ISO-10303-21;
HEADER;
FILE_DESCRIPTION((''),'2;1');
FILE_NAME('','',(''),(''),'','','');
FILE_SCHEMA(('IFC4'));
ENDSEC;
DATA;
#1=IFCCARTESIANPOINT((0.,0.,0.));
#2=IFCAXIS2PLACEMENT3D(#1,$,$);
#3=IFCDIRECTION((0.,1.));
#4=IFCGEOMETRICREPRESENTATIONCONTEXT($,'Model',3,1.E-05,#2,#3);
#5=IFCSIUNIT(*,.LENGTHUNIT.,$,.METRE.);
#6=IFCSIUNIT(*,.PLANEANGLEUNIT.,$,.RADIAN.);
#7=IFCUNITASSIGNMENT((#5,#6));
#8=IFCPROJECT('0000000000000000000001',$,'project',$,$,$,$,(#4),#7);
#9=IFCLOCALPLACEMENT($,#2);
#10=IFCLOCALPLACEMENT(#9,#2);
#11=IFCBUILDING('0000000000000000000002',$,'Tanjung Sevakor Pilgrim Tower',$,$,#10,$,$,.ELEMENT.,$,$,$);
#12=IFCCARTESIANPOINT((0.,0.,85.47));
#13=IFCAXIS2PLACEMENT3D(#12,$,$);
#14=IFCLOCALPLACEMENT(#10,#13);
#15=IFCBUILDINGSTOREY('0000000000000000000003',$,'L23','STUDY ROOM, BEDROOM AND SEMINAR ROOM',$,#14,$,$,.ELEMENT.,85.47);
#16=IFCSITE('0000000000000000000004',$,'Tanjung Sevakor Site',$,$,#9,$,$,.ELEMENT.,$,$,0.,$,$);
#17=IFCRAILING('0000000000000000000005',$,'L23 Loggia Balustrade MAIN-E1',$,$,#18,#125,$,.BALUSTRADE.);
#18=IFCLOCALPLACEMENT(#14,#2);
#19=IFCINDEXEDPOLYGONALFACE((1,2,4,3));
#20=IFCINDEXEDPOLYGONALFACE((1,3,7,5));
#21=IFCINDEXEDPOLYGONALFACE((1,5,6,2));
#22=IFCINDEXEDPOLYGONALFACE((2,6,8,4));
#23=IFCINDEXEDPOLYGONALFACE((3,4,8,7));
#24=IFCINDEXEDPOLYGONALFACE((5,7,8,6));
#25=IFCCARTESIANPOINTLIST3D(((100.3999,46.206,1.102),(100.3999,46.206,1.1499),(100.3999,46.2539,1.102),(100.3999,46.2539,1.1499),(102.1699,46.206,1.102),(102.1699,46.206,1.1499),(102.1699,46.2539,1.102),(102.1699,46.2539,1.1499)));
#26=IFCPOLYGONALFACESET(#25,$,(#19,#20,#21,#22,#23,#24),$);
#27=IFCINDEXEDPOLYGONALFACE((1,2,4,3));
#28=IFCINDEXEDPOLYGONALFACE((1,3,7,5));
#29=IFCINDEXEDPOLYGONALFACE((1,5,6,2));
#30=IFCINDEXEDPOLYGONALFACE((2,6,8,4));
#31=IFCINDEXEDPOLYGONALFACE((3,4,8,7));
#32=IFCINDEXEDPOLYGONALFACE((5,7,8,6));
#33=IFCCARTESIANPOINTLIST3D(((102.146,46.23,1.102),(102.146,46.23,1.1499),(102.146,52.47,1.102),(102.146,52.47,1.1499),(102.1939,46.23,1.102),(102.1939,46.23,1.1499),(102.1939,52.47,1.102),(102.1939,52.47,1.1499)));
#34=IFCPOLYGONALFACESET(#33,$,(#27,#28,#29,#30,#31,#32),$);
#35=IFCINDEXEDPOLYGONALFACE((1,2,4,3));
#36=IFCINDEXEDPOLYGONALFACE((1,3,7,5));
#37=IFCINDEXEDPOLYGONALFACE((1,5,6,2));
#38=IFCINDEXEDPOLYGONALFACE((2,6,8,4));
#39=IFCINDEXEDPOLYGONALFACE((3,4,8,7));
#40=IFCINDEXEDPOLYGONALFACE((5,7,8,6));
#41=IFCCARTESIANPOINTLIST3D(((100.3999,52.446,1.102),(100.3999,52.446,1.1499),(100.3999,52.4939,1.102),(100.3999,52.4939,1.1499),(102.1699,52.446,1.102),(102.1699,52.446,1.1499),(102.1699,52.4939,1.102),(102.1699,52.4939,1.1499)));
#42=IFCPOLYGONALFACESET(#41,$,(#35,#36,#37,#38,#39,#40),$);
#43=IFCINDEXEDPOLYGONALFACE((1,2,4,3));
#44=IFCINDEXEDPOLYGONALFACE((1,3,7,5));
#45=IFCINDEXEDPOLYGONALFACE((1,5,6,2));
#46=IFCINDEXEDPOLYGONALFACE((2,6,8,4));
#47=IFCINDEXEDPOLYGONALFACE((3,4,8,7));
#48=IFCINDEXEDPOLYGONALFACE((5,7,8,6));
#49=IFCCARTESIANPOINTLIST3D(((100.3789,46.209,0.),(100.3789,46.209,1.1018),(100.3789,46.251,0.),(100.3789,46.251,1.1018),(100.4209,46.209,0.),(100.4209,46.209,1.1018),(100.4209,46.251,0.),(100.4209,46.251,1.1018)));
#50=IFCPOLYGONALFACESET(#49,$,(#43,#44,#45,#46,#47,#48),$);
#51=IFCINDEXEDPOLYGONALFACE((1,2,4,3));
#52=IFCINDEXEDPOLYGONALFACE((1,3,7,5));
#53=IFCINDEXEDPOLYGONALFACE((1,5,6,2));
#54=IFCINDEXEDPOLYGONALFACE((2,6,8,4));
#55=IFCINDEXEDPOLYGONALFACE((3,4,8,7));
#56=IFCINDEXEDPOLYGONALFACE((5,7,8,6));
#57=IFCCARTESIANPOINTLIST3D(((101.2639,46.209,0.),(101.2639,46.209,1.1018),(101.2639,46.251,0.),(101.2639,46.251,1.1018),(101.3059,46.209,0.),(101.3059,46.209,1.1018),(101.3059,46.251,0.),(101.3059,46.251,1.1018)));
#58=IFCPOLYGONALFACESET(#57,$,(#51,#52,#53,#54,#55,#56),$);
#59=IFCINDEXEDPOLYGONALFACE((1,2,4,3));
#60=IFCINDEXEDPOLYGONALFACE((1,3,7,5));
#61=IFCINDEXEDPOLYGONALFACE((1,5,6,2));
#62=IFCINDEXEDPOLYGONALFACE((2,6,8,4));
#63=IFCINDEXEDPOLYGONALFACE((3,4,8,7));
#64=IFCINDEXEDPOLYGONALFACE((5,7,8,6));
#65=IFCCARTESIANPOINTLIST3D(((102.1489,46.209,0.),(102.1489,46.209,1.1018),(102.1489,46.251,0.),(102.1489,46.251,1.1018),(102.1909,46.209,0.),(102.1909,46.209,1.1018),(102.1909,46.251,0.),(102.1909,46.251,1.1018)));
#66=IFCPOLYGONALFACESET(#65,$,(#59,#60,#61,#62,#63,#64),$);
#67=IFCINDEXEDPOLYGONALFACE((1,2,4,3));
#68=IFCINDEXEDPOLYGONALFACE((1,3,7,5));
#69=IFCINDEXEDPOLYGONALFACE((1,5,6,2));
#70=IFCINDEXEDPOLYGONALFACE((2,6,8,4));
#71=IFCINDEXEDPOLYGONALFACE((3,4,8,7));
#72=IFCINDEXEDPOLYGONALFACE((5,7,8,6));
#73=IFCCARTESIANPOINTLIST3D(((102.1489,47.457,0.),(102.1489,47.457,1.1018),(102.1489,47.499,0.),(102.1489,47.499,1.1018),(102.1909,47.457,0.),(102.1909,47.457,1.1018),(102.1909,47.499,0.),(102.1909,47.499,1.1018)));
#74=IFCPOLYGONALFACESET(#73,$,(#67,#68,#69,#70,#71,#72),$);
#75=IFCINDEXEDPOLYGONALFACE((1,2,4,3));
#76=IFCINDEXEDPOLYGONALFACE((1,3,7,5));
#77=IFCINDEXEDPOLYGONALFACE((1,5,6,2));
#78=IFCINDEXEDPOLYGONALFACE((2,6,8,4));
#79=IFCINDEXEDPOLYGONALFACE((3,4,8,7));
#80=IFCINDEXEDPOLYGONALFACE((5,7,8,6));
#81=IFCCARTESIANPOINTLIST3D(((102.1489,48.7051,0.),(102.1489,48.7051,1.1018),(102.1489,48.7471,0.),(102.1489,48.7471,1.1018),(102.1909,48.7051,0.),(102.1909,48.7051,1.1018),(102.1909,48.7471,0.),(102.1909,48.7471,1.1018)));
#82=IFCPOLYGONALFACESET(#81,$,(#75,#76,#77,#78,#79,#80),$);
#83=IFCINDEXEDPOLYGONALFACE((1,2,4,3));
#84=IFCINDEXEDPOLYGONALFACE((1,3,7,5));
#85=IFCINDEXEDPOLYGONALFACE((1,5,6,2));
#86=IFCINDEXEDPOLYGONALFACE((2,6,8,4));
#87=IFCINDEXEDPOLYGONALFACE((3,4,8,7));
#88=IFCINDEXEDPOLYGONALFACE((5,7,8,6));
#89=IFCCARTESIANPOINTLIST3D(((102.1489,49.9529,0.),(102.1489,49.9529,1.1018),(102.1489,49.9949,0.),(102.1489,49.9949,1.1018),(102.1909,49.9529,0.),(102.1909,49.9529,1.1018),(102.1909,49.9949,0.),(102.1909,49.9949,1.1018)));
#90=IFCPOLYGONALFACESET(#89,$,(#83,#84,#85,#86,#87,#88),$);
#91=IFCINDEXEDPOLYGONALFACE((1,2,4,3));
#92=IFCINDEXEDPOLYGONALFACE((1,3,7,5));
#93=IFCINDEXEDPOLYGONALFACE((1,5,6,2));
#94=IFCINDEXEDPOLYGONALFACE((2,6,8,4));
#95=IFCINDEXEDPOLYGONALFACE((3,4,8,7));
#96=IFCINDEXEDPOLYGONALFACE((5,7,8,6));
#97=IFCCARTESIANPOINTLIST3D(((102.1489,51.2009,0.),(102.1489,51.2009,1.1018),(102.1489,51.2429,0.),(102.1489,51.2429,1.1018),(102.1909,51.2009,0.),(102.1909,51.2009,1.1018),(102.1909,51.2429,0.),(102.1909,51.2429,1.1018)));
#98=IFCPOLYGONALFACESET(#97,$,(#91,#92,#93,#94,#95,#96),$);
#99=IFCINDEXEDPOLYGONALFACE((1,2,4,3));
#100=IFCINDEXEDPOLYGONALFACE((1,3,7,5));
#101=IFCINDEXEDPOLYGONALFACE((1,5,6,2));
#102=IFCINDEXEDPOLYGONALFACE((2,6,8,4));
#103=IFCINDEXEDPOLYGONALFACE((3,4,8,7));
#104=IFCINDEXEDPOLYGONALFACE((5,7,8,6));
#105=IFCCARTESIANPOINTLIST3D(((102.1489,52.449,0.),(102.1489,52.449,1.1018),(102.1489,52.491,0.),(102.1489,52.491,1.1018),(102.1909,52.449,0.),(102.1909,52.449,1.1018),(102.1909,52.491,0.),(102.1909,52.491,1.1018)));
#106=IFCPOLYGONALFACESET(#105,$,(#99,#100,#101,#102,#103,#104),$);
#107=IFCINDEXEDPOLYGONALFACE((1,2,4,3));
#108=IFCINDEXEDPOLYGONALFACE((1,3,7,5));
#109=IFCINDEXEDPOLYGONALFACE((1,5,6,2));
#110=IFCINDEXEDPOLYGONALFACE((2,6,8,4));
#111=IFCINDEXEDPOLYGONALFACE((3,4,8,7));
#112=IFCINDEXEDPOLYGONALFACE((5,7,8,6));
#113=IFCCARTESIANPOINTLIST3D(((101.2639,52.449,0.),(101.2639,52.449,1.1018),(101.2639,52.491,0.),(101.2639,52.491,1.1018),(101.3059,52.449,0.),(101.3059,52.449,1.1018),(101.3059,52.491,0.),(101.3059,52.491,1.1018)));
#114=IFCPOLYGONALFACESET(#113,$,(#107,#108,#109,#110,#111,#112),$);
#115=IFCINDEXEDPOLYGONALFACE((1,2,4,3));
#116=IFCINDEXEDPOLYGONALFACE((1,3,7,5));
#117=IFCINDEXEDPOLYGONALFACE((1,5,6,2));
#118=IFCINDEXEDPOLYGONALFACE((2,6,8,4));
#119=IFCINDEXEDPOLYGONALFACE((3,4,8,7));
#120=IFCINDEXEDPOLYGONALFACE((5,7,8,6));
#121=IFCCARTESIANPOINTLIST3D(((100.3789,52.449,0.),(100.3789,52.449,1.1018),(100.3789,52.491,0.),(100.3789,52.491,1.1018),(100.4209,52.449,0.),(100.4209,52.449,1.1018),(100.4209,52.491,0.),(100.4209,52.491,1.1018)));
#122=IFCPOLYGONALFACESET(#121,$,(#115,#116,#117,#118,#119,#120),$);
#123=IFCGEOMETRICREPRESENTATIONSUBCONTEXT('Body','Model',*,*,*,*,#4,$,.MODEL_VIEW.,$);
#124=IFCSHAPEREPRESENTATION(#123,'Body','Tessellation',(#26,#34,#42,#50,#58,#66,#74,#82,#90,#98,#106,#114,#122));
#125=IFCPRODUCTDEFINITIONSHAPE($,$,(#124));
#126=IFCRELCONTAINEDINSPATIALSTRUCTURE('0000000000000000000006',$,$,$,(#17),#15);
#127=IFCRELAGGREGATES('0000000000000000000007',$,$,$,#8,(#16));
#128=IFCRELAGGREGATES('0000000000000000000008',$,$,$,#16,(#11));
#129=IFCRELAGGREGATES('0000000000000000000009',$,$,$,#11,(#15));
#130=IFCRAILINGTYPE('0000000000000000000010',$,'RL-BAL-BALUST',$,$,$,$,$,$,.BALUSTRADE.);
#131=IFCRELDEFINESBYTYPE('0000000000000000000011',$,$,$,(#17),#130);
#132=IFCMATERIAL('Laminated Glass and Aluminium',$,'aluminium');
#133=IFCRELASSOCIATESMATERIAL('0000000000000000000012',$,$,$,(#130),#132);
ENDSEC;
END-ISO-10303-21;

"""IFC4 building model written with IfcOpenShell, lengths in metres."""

from ifc_helpers import new_model, si_unit, direction, frame, origin, place, context, subcontext, project, spatial, rectangle, extrude, material, type_object, element, save


model = new_model("IFC4")

# Units and contexts
model_context = context("Model", 3, precision=1e-05, world=origin(), true_north=direction((0.0, 1.0)))
body_context = subcontext(model_context, "Body", "Model", "MODEL_VIEW")
ifc_project = project(units=[si_unit("LENGTHUNIT", "METRE"), si_unit("PLANEANGLEUNIT", "RADIAN")], contexts=[model_context])

# Site, building, storey
site_placement = place(None, origin())
site = spatial("IfcSite", under=ifc_project, at=site_placement, Name="Tanjung Sevakor Site", CompositionType="ELEMENT", RefElevation=0.0)
building_placement = place(site_placement, origin())
building = spatial("IfcBuilding", under=site, at=building_placement, Name="Tanjung Sevakor Pilgrim Tower", CompositionType="ELEMENT")
storey_placement = place(building_placement, frame((0.0, 0.0, 85.47)))
storey = spatial("IfcBuildingStorey", under=building, at=storey_placement, Name="L23", Description="STUDY ROOM, BEDROOM AND SEMINAR ROOM", CompositionType="ELEMENT", Elevation=85.47)

# Railing
ifc_material_1 = material(Name="Laminated Glass and Aluminium", Category="aluminium")
railing_type = type_object("IfcRailingType", Name="RL-BAL-BALUST", PredefinedType="BALUSTRADE", material=ifc_material_1)
railing_placement = place(storey_placement, frame((100.3999, 46.23, 0.0)))
element("IfcRailing", 1, at=railing_placement, inside=storey, type_object=railing_type, Name="L23 Loggia Balustrade MAIN-E1", PredefinedType="BALUSTRADE", context=body_context, shape_type="SweptSolid", body=[
    extrude(rectangle(XDim=0.0479, YDim=0.0479), frame((0.0, 0.0, 1.126), z_axis=(1.0, 0.0, 0.0), x_axis=(0.0, 1.0, 0.0)), (0.0, 0.0, 1.0), 1.77),
    extrude(rectangle(XDim=0.0479, YDim=0.0479), frame((1.77, 0.0, 1.126), z_axis=(0.0, 1.0, 0.0), x_axis=(-1.0, 0.0, 0.0)), (0.0, 0.0, 1.0), 6.24),
    extrude(rectangle(XDim=0.0479, YDim=0.0479), frame((1.77, 6.24, 1.126), z_axis=(-1.0, 0.0, 0.0), x_axis=(0.0, -1.0, 0.0)), (0.0, 0.0, 1.0), 1.77),
    extrude(rectangle(XDim=0.042, YDim=0.042), origin(), (0.0, 0.0, 1.0), 1.1018),
    extrude(rectangle(XDim=0.042, YDim=0.042), frame((0.885, 0.0, 0.0)), (0.0, 0.0, 1.0), 1.1018),
    extrude(rectangle(XDim=0.042, YDim=0.042), frame((1.77, 0.0, 0.0)), (0.0, 0.0, 1.0), 1.1018),
    extrude(rectangle(XDim=0.042, YDim=0.042), frame((1.77, 1.248, 0.0)), (0.0, 0.0, 1.0), 1.1018),
    extrude(rectangle(XDim=0.042, YDim=0.042), frame((1.77, 2.4961, 0.0)), (0.0, 0.0, 1.0), 1.1018),
    extrude(rectangle(XDim=0.042, YDim=0.042), frame((1.77, 3.7439, 0.0)), (0.0, 0.0, 1.0), 1.1018),
    extrude(rectangle(XDim=0.042, YDim=0.042), frame((1.77, 4.9919, 0.0)), (0.0, 0.0, 1.0), 1.1018),
    extrude(rectangle(XDim=0.042, YDim=0.042), frame((1.77, 6.24, 0.0)), (0.0, 0.0, 1.0), 1.1018),
    extrude(rectangle(XDim=0.042, YDim=0.042), frame((0.885, 6.24, 0.0)), (0.0, 0.0, 1.0), 1.1018),
    extrude(rectangle(XDim=0.042, YDim=0.042), frame((0.0, 6.24, 0.0)), (0.0, 0.0, 1.0), 1.1018),
])

save(model, "model.ifc")
